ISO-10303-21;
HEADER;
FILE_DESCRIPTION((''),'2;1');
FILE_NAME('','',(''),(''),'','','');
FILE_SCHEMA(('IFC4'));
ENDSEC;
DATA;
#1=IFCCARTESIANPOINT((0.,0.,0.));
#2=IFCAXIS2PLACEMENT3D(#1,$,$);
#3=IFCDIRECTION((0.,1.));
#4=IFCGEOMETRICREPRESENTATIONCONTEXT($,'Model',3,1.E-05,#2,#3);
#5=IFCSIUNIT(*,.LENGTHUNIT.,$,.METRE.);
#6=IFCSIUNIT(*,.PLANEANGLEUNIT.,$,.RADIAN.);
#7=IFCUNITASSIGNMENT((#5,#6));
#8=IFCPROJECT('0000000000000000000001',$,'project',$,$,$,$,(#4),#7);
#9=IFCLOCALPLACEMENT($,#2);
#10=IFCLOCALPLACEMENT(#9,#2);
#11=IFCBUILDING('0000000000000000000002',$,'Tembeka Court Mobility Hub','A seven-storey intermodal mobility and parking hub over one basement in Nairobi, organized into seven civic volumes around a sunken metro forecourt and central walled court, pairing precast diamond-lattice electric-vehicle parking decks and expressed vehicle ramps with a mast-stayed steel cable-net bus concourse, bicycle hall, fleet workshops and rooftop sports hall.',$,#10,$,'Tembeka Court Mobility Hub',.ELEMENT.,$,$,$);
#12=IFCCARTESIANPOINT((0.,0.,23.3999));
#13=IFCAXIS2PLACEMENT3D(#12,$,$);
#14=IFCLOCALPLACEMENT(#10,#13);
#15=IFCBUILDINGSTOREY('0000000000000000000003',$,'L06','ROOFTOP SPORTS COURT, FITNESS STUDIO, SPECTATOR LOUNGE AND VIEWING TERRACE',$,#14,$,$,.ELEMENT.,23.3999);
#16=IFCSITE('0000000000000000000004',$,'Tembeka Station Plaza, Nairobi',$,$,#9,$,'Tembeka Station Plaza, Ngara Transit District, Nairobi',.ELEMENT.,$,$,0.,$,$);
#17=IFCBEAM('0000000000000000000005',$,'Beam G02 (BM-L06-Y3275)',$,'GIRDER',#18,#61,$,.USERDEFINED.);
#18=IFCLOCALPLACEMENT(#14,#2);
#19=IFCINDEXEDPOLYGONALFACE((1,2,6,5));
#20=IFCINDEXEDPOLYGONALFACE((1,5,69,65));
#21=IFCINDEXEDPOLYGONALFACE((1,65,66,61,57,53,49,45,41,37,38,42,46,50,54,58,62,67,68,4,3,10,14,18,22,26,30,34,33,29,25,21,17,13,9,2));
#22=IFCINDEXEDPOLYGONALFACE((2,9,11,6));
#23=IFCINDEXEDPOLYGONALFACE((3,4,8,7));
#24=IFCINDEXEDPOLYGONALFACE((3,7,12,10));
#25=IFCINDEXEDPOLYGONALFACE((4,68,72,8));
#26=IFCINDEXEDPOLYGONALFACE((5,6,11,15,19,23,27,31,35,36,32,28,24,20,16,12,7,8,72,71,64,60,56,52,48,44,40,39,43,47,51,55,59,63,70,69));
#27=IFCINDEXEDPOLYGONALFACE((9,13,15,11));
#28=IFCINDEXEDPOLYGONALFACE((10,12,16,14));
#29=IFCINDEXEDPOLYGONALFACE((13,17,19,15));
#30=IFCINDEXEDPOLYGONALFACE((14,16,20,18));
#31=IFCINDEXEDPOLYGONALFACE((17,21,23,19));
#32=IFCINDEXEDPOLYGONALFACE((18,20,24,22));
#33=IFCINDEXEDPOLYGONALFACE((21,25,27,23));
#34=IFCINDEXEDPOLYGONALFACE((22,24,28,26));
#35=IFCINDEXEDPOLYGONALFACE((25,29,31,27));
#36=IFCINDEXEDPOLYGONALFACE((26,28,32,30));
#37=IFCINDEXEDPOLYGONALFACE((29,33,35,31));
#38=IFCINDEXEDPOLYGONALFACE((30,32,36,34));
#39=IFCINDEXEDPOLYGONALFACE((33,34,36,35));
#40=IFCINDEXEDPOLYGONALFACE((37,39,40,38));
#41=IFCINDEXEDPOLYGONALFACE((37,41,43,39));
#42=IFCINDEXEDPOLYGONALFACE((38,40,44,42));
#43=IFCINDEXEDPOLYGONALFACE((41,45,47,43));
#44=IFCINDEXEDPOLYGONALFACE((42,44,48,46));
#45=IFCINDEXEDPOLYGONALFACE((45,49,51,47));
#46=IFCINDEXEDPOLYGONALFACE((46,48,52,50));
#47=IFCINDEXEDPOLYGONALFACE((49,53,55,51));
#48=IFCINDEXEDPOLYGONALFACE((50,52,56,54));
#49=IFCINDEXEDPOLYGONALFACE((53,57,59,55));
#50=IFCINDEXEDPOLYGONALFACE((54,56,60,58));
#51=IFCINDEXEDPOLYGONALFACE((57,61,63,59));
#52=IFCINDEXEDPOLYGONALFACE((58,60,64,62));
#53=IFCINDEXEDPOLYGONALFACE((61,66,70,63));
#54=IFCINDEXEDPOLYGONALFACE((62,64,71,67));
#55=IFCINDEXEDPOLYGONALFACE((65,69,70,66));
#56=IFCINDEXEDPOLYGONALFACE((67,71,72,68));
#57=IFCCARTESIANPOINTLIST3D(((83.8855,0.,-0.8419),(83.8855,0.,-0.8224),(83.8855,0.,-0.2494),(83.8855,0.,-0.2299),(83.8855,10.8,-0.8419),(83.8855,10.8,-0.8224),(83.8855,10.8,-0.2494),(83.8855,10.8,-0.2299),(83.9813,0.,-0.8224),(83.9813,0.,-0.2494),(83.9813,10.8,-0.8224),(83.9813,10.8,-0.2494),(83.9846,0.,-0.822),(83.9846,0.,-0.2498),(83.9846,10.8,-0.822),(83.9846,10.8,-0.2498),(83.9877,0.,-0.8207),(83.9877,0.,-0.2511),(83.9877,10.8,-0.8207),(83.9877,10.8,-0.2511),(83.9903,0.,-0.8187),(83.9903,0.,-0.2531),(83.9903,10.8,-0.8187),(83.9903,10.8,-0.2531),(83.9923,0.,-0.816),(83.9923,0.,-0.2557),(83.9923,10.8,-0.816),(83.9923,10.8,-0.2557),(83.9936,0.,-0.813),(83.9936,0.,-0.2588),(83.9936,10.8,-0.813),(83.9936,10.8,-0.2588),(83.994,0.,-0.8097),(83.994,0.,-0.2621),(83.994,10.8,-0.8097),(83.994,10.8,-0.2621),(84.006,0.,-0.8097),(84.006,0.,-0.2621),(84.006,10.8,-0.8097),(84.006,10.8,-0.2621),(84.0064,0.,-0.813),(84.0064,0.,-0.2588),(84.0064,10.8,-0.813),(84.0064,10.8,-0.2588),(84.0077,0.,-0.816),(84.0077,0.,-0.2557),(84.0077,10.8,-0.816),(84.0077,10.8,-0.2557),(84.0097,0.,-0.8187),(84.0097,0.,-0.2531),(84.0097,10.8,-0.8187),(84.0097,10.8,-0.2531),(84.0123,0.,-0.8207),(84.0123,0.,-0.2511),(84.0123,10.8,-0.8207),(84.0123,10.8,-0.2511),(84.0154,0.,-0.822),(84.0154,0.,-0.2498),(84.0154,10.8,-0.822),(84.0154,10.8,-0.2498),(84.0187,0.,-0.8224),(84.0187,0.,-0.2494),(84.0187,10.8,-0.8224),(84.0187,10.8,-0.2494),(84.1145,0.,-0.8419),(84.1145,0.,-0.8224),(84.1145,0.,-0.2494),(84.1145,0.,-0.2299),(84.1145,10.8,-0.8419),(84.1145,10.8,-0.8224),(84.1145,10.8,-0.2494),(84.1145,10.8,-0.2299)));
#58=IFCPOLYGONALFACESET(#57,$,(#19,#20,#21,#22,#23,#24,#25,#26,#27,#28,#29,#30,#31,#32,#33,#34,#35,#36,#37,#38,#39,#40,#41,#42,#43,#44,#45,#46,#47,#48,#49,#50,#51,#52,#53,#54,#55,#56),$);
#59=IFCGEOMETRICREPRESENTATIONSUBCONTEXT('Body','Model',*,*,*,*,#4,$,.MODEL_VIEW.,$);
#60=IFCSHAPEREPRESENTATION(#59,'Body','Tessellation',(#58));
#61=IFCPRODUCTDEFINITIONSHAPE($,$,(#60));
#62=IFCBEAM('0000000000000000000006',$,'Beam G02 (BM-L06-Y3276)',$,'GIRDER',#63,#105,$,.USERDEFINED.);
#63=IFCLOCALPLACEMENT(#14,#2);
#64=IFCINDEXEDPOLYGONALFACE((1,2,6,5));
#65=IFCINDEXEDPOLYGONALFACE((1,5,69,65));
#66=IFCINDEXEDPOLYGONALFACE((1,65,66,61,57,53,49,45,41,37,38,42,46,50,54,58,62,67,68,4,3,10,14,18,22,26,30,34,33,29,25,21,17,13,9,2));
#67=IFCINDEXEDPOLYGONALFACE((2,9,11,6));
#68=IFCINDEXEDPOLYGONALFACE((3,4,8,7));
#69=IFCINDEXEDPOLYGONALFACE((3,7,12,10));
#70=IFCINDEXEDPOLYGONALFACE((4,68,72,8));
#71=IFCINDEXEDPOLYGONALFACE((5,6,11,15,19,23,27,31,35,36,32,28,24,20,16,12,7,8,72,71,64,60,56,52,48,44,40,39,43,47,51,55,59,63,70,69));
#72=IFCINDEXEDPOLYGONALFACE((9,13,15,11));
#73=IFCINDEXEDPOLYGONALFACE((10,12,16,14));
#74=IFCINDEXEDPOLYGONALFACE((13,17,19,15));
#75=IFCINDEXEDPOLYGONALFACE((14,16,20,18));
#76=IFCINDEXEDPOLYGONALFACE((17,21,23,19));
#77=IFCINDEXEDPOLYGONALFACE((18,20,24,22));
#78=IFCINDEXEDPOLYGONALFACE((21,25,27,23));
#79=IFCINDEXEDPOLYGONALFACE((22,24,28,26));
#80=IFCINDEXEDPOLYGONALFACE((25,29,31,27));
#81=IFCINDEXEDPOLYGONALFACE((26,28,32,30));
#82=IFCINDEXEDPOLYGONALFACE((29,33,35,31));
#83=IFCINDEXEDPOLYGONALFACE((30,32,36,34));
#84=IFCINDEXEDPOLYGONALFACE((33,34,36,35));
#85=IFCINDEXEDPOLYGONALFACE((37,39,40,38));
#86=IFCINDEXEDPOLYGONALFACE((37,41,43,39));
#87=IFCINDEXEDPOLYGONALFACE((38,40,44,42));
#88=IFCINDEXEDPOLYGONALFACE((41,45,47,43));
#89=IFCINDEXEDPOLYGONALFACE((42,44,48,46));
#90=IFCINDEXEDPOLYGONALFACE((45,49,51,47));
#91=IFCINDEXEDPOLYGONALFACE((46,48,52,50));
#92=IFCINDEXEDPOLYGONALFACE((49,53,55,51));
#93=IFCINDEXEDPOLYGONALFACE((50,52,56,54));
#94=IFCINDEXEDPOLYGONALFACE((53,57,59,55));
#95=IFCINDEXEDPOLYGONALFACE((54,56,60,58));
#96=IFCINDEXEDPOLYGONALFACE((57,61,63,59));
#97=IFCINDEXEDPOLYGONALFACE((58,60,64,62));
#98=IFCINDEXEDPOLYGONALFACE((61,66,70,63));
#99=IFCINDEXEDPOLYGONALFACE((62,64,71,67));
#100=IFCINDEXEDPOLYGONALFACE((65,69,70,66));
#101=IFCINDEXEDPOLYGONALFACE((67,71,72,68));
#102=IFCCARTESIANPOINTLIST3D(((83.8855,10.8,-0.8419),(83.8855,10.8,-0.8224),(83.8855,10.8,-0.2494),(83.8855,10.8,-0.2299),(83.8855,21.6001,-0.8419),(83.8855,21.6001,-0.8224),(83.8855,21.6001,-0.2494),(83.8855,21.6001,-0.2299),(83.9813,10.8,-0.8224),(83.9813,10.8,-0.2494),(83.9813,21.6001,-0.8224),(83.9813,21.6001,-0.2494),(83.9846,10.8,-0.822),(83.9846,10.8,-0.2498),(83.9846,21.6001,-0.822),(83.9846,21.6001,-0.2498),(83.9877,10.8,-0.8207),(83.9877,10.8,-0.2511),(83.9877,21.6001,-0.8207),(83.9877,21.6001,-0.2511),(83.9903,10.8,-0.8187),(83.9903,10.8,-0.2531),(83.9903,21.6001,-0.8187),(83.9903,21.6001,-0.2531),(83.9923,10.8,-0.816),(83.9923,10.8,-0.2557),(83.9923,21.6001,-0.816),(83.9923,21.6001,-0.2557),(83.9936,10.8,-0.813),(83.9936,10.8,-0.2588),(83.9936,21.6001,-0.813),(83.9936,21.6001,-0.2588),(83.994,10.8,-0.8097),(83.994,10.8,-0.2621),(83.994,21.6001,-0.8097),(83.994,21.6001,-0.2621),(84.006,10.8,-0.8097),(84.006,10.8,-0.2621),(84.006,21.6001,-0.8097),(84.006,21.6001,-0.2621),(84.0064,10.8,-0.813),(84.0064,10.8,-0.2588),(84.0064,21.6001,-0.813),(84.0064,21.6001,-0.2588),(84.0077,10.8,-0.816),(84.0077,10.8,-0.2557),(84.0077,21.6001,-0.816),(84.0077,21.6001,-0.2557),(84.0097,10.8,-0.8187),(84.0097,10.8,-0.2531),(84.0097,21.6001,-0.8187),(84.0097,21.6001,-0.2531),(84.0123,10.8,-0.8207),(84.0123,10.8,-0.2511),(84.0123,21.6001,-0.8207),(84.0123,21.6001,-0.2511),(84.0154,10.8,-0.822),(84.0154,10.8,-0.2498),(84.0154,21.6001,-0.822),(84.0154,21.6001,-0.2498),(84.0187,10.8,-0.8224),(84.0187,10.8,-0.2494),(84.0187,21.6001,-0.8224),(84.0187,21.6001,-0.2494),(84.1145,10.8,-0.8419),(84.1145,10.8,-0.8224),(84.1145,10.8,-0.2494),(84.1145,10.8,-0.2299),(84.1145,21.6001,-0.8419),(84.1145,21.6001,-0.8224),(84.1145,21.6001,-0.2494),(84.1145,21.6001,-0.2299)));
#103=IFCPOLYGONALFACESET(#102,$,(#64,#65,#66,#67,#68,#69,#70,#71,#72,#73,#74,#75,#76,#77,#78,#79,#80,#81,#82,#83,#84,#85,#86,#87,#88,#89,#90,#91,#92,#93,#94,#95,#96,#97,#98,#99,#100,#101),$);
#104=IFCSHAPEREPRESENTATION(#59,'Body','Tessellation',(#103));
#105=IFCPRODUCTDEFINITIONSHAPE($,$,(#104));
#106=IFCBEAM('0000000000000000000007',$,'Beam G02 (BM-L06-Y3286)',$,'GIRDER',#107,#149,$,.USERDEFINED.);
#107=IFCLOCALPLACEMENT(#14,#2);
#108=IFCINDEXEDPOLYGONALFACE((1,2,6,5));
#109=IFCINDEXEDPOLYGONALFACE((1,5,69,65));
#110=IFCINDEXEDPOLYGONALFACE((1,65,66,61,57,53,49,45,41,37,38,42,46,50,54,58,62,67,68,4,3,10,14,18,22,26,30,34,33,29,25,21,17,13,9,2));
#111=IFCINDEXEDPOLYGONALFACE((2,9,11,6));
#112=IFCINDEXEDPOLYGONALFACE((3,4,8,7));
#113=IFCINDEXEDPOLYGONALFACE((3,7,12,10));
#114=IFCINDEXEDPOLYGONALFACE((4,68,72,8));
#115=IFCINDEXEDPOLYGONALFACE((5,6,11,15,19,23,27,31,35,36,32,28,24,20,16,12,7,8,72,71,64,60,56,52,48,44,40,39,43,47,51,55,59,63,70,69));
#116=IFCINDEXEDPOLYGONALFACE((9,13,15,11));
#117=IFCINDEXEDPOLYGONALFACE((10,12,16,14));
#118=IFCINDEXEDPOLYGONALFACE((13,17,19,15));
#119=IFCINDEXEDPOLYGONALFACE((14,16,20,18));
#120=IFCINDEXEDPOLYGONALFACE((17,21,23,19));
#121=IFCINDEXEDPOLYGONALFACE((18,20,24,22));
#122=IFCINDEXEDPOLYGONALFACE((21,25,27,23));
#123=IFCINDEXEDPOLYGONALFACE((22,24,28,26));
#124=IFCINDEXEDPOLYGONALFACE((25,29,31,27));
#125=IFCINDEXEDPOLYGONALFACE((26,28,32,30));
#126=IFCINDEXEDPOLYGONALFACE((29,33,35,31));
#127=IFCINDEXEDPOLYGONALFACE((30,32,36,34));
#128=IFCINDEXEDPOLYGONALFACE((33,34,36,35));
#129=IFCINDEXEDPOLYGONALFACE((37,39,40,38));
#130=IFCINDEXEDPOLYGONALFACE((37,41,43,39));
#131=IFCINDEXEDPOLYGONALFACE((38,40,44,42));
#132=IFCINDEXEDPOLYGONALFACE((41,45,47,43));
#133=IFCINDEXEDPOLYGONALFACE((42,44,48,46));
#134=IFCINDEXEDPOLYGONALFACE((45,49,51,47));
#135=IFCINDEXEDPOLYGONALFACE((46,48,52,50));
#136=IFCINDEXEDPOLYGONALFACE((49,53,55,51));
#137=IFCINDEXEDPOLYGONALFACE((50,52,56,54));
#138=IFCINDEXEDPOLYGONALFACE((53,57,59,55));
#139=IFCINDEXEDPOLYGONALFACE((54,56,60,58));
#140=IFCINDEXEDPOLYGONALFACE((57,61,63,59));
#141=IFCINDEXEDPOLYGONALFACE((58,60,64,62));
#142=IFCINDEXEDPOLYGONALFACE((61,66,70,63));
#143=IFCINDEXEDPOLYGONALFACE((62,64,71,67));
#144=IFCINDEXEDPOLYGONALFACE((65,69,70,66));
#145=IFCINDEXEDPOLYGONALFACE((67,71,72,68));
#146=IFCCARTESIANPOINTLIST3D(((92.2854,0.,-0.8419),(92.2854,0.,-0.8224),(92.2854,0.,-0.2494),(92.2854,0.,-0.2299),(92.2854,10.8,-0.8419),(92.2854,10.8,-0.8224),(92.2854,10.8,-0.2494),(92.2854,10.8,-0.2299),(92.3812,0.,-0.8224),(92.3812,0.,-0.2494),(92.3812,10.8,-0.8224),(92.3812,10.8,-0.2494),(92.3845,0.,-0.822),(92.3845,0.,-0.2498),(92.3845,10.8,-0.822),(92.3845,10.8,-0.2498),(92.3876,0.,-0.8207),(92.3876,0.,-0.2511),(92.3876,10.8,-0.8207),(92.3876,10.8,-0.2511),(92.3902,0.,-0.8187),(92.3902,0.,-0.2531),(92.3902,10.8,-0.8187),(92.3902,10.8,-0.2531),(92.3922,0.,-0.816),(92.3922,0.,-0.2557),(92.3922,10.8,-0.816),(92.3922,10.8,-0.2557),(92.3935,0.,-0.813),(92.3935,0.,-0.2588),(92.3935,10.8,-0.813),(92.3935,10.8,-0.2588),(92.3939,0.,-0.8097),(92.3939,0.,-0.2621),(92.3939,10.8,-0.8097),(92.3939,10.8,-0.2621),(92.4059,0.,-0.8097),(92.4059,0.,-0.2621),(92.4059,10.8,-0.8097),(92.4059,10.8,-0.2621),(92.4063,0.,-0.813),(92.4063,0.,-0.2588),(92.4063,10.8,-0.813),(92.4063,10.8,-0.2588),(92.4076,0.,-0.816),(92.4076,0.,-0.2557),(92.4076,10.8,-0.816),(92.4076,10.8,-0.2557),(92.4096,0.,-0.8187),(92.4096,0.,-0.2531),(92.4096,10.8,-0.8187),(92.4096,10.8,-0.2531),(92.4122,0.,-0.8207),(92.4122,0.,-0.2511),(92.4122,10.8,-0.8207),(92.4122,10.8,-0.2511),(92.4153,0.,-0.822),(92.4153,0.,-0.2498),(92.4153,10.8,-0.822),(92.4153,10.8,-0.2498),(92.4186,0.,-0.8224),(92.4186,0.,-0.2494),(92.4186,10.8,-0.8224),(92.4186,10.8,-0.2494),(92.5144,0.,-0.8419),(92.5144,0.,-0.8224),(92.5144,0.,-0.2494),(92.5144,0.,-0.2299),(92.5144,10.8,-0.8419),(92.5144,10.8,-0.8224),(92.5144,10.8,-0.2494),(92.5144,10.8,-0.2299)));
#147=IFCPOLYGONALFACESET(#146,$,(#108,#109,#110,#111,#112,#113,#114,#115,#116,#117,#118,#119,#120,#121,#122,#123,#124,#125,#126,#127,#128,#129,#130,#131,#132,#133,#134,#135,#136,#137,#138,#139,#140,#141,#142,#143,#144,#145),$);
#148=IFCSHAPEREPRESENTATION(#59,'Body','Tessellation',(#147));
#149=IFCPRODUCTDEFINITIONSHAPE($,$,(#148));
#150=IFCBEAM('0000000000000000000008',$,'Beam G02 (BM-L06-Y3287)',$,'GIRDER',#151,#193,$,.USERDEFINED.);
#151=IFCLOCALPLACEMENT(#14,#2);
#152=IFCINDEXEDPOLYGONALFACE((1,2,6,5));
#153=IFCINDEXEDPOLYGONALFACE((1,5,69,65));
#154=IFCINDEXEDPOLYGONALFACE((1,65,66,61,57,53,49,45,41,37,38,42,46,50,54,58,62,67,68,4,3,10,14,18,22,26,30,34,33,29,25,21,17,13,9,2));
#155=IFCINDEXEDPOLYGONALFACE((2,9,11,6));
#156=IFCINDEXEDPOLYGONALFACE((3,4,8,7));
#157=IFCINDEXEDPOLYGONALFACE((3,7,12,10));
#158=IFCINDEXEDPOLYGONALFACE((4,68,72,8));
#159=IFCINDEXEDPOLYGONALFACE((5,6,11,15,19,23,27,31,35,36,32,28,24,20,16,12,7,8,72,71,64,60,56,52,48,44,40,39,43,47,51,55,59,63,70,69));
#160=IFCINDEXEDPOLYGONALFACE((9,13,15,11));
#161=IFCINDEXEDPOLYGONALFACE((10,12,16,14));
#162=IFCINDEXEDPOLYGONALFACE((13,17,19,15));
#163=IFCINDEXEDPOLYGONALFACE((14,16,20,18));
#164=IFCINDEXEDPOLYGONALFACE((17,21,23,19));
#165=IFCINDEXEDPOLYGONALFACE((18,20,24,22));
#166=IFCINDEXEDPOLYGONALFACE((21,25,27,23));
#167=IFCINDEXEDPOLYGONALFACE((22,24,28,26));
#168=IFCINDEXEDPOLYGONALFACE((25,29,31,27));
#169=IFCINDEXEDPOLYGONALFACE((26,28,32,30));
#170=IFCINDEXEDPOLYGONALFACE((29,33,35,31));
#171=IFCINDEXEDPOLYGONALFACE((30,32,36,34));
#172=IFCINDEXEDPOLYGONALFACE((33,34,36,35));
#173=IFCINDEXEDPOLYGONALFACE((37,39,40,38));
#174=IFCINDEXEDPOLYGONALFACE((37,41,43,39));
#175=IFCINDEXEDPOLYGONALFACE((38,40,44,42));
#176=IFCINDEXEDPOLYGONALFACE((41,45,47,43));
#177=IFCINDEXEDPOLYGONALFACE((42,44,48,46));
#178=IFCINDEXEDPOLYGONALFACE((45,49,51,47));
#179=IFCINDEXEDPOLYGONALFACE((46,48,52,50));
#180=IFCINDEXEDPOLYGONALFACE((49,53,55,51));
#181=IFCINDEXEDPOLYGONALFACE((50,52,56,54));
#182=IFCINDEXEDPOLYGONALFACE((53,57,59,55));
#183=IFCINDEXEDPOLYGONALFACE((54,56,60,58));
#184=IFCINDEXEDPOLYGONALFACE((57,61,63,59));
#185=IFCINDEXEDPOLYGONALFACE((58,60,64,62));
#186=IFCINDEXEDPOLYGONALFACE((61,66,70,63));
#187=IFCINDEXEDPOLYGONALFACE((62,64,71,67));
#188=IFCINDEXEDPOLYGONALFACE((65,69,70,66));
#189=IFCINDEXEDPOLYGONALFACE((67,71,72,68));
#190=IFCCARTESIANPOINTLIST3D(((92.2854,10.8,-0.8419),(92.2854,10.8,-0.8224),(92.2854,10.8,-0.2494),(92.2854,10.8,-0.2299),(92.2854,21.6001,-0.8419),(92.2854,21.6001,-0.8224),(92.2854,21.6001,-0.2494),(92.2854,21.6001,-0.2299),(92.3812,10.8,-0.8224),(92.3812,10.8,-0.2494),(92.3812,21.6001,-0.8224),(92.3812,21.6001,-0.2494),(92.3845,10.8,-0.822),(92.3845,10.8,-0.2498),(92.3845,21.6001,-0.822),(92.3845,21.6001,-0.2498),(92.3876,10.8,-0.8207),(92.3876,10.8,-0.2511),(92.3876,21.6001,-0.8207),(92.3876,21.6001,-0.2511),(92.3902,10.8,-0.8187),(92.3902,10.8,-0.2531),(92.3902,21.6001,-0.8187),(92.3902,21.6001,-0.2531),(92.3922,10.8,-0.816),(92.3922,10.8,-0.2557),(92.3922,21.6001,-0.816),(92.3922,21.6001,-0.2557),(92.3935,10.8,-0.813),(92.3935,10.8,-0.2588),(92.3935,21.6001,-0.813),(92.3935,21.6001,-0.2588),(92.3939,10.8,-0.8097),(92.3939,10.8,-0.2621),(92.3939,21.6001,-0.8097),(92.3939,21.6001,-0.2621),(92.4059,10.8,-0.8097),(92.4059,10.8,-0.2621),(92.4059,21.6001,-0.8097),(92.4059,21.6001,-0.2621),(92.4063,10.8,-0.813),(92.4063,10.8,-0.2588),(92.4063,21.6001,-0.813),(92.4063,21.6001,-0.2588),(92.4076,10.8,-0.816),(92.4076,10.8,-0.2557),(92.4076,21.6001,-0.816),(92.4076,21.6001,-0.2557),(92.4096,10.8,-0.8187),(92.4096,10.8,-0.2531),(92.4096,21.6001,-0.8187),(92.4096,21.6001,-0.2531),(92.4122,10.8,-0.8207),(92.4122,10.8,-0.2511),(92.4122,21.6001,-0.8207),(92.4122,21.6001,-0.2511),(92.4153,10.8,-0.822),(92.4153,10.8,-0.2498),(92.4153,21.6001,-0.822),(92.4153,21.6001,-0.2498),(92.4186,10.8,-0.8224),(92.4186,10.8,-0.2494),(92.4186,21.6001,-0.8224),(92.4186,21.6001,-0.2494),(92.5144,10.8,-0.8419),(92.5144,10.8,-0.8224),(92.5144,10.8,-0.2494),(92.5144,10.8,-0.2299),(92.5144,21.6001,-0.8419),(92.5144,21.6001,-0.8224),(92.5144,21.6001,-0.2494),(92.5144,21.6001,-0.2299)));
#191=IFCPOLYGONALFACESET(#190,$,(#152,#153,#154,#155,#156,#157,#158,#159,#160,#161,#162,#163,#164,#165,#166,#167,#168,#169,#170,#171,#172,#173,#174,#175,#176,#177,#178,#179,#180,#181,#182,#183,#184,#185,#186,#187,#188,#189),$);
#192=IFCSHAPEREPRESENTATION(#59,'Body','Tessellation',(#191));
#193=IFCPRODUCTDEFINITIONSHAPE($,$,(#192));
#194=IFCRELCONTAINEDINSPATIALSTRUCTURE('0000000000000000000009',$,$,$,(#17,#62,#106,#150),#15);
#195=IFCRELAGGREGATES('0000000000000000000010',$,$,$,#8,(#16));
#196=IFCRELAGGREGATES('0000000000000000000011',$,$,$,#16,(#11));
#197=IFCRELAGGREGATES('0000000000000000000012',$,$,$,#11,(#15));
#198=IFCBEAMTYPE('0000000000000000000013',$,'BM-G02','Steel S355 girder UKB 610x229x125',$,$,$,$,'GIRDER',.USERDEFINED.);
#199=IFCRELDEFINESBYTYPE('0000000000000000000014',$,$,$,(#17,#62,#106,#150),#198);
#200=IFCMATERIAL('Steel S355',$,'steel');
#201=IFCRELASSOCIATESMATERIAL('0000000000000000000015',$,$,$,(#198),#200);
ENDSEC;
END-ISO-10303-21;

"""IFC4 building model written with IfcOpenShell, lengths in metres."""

from ifc_helpers import new_model, si_unit, direction, frame, origin, origin_2d, place, context, subcontext, project, spatial, i_section, extrude, material, material_profile, profile_set, type_object, element, save


model = new_model("IFC4")

# Units and contexts
model_context = context("Model", 3, precision=1e-05, world=origin(), true_north=direction((0.0, 1.0)))
body_context = subcontext(model_context, "Body", "Model", "MODEL_VIEW")
ifc_project = project(units=[si_unit("LENGTHUNIT", "METRE"), si_unit("PLANEANGLEUNIT", "RADIAN")], contexts=[model_context])

# Site, building, storey
site_placement = place(None, origin())
site = spatial("IfcSite", under=ifc_project, at=site_placement, Name="Tembeka Station Plaza, Nairobi", LongName="Tembeka Station Plaza, Ngara Transit District, Nairobi", CompositionType="ELEMENT", RefElevation=0.0)
building_placement = place(site_placement, origin())
building = spatial("IfcBuilding", under=site, at=building_placement, Name="Tembeka Court Mobility Hub", Description="A seven-storey intermodal mobility and parking hub over one basement in Nairobi, organized into seven civic volumes around a sunken metro forecourt and central walled court, pairing precast diamond-lattice electric-vehicle parking decks and expressed vehicle ramps with a mast-stayed steel cable-net bus concourse, bicycle hall, fleet workshops and rooftop sports hall.", LongName="Tembeka Court Mobility Hub", CompositionType="ELEMENT")
storey_placement = place(building_placement, frame((0.0, 0.0, 23.3999)))
storey = spatial("IfcBuildingStorey", under=building, at=storey_placement, Name="L06", Description="ROOFTOP SPORTS COURT, FITNESS STUDIO, SPECTATOR LOUNGE AND VIEWING TERRACE", CompositionType="ELEMENT", Elevation=23.3999)

# Beams
ifc_material_1 = material(Name="Steel S355", Category="steel")
ifc_material_profile_1 = material_profile(ifc_material_1, i_section(OverallWidth=0.229, OverallDepth=0.6121, WebThickness=0.012, FlangeThickness=0.0195, FilletRadius=0.0127, at=origin_2d()), Name="UKB 610x229x125")
ifc_profile_set_1 = profile_set([ifc_material_profile_1], Name="Steel S355")
beam_type_1 = type_object("IfcBeamType", Name="BM-G02", Description="Steel S355 girder UKB 610x229x125", ElementType="GIRDER", PredefinedType="USERDEFINED", material=ifc_profile_set_1)
for number, where, z_axis, x_axis, name in (
    (1, (84.0, 0.0, -0.5359), (0.0, 1.0, 0.0), (-1.0, 0.0, 0.0), "Beam G02 (BM-L06-Y3275)"),
    (2, (84.0, 10.8, -0.5359), (0.0, 1.0, 0.0), (-1.0, 0.0, 0.0), "Beam G02 (BM-L06-Y3276)"),
    (3, (92.3999, 0.0, -0.5359), (0.0, 1.0, 0.0), (-1.0, 0.0, 0.0), "Beam G02 (BM-L06-Y3286)"),
    (4, (92.3999, 10.8, -0.5359), (0.0, 1.0, 0.0), (-1.0, 0.0, 0.0), "Beam G02 (BM-L06-Y3287)"),
):
    element("IfcBeam", number, at=place(storey_placement, frame(where, z_axis=z_axis, x_axis=x_axis)), inside=storey, type_object=beam_type_1, Name=name, ObjectType="GIRDER", PredefinedType="USERDEFINED", context=body_context, shape_type="SweptSolid", body=[
        extrude(i_section(OverallWidth=0.229, OverallDepth=0.6121, WebThickness=0.012, FlangeThickness=0.0195, FilletRadius=0.0127, at=origin_2d()), origin(), (0.0, 0.0, 1.0), 10.8),
    ])

save(model, "model.ifc")
